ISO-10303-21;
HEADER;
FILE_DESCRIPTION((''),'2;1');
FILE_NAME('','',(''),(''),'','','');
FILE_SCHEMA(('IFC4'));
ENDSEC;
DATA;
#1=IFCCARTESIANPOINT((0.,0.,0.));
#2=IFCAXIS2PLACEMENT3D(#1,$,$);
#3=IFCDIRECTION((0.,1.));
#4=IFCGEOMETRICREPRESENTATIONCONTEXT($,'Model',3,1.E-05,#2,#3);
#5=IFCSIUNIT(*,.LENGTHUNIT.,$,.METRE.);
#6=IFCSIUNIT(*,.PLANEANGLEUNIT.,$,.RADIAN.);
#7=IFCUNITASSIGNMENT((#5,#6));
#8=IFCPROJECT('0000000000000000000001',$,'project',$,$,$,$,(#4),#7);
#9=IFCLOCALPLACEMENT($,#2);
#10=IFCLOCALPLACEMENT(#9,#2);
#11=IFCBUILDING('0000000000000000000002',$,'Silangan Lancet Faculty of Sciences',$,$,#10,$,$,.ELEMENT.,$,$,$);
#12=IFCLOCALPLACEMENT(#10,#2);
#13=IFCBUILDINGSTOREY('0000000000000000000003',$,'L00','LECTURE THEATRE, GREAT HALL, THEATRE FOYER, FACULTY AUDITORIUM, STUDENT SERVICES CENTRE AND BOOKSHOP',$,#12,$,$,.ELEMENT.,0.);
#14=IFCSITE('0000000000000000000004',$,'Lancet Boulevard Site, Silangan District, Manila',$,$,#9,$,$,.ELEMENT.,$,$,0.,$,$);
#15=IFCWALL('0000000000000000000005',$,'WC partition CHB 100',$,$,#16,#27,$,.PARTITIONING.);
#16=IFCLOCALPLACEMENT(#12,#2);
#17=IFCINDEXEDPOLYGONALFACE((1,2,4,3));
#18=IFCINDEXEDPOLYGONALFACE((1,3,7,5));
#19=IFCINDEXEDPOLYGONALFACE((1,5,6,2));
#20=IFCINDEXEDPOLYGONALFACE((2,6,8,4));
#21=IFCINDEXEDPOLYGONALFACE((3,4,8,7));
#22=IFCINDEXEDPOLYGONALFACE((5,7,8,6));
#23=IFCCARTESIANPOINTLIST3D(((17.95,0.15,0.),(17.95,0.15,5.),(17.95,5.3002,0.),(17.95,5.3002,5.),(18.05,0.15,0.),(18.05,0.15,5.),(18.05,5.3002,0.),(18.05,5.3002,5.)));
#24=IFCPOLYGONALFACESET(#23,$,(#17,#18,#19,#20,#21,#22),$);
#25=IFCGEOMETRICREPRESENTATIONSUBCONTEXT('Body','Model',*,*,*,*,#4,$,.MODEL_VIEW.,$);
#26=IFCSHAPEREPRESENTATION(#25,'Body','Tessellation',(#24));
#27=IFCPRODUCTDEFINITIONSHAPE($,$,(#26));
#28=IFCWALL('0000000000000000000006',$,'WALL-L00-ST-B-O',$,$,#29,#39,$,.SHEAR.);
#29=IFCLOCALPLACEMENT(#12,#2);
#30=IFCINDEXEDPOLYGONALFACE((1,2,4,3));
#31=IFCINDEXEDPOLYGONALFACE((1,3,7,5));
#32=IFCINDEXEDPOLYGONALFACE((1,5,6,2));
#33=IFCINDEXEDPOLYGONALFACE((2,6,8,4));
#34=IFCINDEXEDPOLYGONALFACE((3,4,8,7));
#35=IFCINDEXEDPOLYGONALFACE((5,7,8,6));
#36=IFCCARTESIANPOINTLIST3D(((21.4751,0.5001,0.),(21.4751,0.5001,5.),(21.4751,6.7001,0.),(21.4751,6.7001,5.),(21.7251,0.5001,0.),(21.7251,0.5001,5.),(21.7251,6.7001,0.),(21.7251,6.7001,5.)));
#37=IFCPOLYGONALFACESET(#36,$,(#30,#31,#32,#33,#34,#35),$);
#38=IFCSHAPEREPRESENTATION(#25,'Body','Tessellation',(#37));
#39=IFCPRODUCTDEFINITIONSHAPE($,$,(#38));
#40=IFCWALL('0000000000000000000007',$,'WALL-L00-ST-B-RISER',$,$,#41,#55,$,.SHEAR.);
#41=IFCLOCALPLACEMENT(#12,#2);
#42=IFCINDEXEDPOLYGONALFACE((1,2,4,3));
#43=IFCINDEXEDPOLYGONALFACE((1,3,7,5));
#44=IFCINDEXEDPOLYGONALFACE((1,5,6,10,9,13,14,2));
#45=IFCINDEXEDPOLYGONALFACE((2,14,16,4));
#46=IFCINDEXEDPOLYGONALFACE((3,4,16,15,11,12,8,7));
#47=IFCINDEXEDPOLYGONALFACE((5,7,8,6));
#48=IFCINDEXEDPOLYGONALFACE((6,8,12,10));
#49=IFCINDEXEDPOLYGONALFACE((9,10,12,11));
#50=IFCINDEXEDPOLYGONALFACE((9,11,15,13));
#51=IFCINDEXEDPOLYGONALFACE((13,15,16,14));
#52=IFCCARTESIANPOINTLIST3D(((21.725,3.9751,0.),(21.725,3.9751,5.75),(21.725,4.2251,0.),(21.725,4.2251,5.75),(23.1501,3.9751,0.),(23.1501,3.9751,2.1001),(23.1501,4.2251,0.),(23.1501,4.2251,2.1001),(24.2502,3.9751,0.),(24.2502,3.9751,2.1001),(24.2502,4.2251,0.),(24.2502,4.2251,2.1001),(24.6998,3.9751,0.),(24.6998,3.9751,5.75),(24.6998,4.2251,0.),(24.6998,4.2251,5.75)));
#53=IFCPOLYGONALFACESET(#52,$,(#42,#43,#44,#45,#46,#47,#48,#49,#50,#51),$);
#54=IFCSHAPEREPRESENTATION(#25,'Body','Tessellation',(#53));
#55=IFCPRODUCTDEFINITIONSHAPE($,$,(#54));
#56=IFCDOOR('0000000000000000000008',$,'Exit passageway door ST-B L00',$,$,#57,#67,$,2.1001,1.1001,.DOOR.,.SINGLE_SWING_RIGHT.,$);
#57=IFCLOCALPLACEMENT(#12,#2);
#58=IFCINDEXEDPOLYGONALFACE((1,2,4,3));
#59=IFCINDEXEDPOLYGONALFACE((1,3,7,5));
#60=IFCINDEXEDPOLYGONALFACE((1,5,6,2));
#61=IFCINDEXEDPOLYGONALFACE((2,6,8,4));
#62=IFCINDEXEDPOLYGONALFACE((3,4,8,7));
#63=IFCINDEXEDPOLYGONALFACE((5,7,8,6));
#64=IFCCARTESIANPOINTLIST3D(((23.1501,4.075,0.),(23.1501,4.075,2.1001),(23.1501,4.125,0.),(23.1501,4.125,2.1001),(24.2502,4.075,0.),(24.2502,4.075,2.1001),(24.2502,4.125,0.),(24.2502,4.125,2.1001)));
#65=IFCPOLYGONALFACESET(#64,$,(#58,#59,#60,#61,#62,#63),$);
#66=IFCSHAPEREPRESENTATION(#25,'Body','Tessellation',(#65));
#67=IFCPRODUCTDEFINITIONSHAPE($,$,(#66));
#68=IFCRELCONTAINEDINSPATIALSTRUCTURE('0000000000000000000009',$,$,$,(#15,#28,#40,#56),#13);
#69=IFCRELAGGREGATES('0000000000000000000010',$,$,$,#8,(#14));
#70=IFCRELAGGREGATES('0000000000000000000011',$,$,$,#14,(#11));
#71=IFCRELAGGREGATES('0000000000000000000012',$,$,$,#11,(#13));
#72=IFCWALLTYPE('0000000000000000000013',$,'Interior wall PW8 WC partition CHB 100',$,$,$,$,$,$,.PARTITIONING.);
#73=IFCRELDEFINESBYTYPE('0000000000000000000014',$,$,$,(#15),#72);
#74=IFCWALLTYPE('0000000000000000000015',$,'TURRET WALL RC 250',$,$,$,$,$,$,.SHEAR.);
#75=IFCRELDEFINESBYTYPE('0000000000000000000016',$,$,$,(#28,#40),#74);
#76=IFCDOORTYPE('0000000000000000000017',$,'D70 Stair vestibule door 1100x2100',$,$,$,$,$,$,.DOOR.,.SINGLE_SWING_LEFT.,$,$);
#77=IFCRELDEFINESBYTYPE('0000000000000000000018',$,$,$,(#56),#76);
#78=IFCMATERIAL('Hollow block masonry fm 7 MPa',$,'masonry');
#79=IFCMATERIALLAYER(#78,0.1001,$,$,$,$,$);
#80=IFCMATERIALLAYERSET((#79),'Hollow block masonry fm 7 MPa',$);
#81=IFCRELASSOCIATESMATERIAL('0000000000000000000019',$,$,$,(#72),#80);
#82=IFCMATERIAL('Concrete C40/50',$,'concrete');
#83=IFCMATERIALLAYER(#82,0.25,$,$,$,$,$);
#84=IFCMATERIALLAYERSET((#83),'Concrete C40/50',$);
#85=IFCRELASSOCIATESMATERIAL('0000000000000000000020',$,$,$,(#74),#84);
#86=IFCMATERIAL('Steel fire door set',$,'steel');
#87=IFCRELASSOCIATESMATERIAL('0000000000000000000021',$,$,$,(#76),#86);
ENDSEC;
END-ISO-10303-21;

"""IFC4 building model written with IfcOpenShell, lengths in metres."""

from ifc_helpers import new_model, si_unit, direction, frame, frame_2d, origin, place, context, subcontext, project, spatial, rectangle, extrude, material, layer, layer_set, type_object, element, fill, save


model = new_model("IFC4")

# Units and contexts
model_context = context("Model", 3, precision=1e-05, world=origin(), true_north=direction((0.0, 1.0)))
body_context = subcontext(model_context, "Body", "Model", "MODEL_VIEW")
ifc_project = project(units=[si_unit("LENGTHUNIT", "METRE"), si_unit("PLANEANGLEUNIT", "RADIAN")], contexts=[model_context])

# Site, building, storey
site_placement = place(None, origin())
site = spatial("IfcSite", under=ifc_project, at=site_placement, Name="Lancet Boulevard Site, Silangan District, Manila", CompositionType="ELEMENT", RefElevation=0.0)
building_placement = place(site_placement, origin())
building = spatial("IfcBuilding", under=site, at=building_placement, Name="Silangan Lancet Faculty of Sciences", CompositionType="ELEMENT")
storey_placement = place(building_placement, origin())
storey = spatial("IfcBuildingStorey", under=building, at=storey_placement, Name="L00", Description="LECTURE THEATRE, GREAT HALL, THEATRE FOYER, FACULTY AUDITORIUM, STUDENT SERVICES CENTRE AND BOOKSHOP", CompositionType="ELEMENT", Elevation=0.0)

# Walls
ifc_material_1 = material(Name="Hollow block masonry fm 7 MPa", Category="masonry")
ifc_layer_1 = layer(ifc_material_1, 0.1001)
ifc_layer_set_1 = layer_set([ifc_layer_1], Name="Hollow block masonry fm 7 MPa")
wall_type_1 = type_object("IfcWallType", Name="Interior wall PW8 WC partition CHB 100", PredefinedType="PARTITIONING", material=ifc_layer_set_1)
wall_1_placement = place(storey_placement, frame((18.0, 0.1499, 0.0), z_axis=(0.0, 0.0, 1.0), x_axis=(0.0, 1.0, 0.0)))
element("IfcWall", 1, at=wall_1_placement, inside=storey, type_object=wall_type_1, Name="WC partition CHB 100", PredefinedType="PARTITIONING", context=body_context, shape_type="SweptSolid", body=[
    extrude(rectangle(XDim=5.1501, YDim=0.1001, at=frame_2d((2.5752, 0.0))), origin(), (0.0, 0.0, 1.0), 5.0),
])
ifc_material_2 = material(Name="Concrete C40/50", Category="concrete")
ifc_layer_2 = layer(ifc_material_2, 0.25)
ifc_layer_set_2 = layer_set([ifc_layer_2], Name="Concrete C40/50")
wall_type_2 = type_object("IfcWallType", Name="TURRET WALL RC 250", PredefinedType="SHEAR", material=ifc_layer_set_2)
wall_2_placement = place(storey_placement, frame((21.6001, 0.5, 0.0), z_axis=(0.0, 0.0, 1.0), x_axis=(0.0, 1.0, 0.0)))
element("IfcWall", 2, at=wall_2_placement, inside=storey, type_object=wall_type_2, Name="WALL-L00-ST-B-O", PredefinedType="SHEAR", context=body_context, shape_type="SweptSolid", body=[
    extrude(rectangle(XDim=6.2, YDim=0.25, at=frame_2d((3.1001, 0.0))), origin(), (0.0, 0.0, 1.0), 5.0),
])

# Wall, opening, door
wall_3_placement = place(storey_placement, frame((21.7251, 4.1001, 0.0), z_axis=(0.0, 0.0, 1.0), x_axis=(1.0, 0.0, 0.0)))
wall_3 = element("IfcWall", 3, at=wall_3_placement, inside=storey, type_object=wall_type_2, Name="WALL-L00-ST-B-RISER", PredefinedType="SHEAR", context=body_context, shape_type="SweptSolid", body=[
    extrude(rectangle(XDim=2.9749, YDim=0.25, at=frame_2d((1.4873, 0.0))), origin(), (0.0, 0.0, 1.0), 5.75),
])
opening_1_placement = place(wall_3_placement, frame((1.425, 0.0, 0.0)))
opening_1 = element("IfcOpeningElement", 4, at=opening_1_placement, cuts=wall_3, PredefinedType="OPENING", context=body_context, shape_type="SweptSolid", body=[
    extrude(rectangle(XDim=1.1001, YDim=2.1001, at=frame_2d((0.55, 1.05))), frame((0.0, 0.135, 0.0), z_axis=(0.0, -1.0, 0.0), x_axis=(1.0, 0.0, 0.0)), (0.0, 0.0, 1.0), 0.27),
])
ifc_material_3 = material(Name="Steel fire door set", Category="steel")
door_type_1 = type_object("IfcDoorType", Name="D70 Stair vestibule door 1100x2100", OperationType="SINGLE_SWING_LEFT", PredefinedType="DOOR", material=ifc_material_3)
door_1_placement = place(opening_1_placement, frame((1.1001, 0.0, 0.0), z_axis=(0.0, 0.0, 1.0), x_axis=(-1.0, 0.0, 0.0)))
door_1 = element("IfcDoor", 5, at=door_1_placement, inside=storey, type_object=door_type_1, Name="Exit passageway door ST-B L00", OperationType="SINGLE_SWING_RIGHT", OverallHeight=2.1001, OverallWidth=1.1001, PredefinedType="DOOR", context=body_context, shape_type="SweptSolid", body=[
    extrude(rectangle(XDim=1.1001, YDim=2.1001, at=frame_2d((0.55, 1.05))), frame((0.0, 0.0251, 0.0), z_axis=(0.0, -1.0, 0.0), x_axis=(1.0, 0.0, 0.0)), (0.0, 0.0, 1.0), 0.05),
])
fill(opening_1, door_1)

save(model, "model.ifc")
